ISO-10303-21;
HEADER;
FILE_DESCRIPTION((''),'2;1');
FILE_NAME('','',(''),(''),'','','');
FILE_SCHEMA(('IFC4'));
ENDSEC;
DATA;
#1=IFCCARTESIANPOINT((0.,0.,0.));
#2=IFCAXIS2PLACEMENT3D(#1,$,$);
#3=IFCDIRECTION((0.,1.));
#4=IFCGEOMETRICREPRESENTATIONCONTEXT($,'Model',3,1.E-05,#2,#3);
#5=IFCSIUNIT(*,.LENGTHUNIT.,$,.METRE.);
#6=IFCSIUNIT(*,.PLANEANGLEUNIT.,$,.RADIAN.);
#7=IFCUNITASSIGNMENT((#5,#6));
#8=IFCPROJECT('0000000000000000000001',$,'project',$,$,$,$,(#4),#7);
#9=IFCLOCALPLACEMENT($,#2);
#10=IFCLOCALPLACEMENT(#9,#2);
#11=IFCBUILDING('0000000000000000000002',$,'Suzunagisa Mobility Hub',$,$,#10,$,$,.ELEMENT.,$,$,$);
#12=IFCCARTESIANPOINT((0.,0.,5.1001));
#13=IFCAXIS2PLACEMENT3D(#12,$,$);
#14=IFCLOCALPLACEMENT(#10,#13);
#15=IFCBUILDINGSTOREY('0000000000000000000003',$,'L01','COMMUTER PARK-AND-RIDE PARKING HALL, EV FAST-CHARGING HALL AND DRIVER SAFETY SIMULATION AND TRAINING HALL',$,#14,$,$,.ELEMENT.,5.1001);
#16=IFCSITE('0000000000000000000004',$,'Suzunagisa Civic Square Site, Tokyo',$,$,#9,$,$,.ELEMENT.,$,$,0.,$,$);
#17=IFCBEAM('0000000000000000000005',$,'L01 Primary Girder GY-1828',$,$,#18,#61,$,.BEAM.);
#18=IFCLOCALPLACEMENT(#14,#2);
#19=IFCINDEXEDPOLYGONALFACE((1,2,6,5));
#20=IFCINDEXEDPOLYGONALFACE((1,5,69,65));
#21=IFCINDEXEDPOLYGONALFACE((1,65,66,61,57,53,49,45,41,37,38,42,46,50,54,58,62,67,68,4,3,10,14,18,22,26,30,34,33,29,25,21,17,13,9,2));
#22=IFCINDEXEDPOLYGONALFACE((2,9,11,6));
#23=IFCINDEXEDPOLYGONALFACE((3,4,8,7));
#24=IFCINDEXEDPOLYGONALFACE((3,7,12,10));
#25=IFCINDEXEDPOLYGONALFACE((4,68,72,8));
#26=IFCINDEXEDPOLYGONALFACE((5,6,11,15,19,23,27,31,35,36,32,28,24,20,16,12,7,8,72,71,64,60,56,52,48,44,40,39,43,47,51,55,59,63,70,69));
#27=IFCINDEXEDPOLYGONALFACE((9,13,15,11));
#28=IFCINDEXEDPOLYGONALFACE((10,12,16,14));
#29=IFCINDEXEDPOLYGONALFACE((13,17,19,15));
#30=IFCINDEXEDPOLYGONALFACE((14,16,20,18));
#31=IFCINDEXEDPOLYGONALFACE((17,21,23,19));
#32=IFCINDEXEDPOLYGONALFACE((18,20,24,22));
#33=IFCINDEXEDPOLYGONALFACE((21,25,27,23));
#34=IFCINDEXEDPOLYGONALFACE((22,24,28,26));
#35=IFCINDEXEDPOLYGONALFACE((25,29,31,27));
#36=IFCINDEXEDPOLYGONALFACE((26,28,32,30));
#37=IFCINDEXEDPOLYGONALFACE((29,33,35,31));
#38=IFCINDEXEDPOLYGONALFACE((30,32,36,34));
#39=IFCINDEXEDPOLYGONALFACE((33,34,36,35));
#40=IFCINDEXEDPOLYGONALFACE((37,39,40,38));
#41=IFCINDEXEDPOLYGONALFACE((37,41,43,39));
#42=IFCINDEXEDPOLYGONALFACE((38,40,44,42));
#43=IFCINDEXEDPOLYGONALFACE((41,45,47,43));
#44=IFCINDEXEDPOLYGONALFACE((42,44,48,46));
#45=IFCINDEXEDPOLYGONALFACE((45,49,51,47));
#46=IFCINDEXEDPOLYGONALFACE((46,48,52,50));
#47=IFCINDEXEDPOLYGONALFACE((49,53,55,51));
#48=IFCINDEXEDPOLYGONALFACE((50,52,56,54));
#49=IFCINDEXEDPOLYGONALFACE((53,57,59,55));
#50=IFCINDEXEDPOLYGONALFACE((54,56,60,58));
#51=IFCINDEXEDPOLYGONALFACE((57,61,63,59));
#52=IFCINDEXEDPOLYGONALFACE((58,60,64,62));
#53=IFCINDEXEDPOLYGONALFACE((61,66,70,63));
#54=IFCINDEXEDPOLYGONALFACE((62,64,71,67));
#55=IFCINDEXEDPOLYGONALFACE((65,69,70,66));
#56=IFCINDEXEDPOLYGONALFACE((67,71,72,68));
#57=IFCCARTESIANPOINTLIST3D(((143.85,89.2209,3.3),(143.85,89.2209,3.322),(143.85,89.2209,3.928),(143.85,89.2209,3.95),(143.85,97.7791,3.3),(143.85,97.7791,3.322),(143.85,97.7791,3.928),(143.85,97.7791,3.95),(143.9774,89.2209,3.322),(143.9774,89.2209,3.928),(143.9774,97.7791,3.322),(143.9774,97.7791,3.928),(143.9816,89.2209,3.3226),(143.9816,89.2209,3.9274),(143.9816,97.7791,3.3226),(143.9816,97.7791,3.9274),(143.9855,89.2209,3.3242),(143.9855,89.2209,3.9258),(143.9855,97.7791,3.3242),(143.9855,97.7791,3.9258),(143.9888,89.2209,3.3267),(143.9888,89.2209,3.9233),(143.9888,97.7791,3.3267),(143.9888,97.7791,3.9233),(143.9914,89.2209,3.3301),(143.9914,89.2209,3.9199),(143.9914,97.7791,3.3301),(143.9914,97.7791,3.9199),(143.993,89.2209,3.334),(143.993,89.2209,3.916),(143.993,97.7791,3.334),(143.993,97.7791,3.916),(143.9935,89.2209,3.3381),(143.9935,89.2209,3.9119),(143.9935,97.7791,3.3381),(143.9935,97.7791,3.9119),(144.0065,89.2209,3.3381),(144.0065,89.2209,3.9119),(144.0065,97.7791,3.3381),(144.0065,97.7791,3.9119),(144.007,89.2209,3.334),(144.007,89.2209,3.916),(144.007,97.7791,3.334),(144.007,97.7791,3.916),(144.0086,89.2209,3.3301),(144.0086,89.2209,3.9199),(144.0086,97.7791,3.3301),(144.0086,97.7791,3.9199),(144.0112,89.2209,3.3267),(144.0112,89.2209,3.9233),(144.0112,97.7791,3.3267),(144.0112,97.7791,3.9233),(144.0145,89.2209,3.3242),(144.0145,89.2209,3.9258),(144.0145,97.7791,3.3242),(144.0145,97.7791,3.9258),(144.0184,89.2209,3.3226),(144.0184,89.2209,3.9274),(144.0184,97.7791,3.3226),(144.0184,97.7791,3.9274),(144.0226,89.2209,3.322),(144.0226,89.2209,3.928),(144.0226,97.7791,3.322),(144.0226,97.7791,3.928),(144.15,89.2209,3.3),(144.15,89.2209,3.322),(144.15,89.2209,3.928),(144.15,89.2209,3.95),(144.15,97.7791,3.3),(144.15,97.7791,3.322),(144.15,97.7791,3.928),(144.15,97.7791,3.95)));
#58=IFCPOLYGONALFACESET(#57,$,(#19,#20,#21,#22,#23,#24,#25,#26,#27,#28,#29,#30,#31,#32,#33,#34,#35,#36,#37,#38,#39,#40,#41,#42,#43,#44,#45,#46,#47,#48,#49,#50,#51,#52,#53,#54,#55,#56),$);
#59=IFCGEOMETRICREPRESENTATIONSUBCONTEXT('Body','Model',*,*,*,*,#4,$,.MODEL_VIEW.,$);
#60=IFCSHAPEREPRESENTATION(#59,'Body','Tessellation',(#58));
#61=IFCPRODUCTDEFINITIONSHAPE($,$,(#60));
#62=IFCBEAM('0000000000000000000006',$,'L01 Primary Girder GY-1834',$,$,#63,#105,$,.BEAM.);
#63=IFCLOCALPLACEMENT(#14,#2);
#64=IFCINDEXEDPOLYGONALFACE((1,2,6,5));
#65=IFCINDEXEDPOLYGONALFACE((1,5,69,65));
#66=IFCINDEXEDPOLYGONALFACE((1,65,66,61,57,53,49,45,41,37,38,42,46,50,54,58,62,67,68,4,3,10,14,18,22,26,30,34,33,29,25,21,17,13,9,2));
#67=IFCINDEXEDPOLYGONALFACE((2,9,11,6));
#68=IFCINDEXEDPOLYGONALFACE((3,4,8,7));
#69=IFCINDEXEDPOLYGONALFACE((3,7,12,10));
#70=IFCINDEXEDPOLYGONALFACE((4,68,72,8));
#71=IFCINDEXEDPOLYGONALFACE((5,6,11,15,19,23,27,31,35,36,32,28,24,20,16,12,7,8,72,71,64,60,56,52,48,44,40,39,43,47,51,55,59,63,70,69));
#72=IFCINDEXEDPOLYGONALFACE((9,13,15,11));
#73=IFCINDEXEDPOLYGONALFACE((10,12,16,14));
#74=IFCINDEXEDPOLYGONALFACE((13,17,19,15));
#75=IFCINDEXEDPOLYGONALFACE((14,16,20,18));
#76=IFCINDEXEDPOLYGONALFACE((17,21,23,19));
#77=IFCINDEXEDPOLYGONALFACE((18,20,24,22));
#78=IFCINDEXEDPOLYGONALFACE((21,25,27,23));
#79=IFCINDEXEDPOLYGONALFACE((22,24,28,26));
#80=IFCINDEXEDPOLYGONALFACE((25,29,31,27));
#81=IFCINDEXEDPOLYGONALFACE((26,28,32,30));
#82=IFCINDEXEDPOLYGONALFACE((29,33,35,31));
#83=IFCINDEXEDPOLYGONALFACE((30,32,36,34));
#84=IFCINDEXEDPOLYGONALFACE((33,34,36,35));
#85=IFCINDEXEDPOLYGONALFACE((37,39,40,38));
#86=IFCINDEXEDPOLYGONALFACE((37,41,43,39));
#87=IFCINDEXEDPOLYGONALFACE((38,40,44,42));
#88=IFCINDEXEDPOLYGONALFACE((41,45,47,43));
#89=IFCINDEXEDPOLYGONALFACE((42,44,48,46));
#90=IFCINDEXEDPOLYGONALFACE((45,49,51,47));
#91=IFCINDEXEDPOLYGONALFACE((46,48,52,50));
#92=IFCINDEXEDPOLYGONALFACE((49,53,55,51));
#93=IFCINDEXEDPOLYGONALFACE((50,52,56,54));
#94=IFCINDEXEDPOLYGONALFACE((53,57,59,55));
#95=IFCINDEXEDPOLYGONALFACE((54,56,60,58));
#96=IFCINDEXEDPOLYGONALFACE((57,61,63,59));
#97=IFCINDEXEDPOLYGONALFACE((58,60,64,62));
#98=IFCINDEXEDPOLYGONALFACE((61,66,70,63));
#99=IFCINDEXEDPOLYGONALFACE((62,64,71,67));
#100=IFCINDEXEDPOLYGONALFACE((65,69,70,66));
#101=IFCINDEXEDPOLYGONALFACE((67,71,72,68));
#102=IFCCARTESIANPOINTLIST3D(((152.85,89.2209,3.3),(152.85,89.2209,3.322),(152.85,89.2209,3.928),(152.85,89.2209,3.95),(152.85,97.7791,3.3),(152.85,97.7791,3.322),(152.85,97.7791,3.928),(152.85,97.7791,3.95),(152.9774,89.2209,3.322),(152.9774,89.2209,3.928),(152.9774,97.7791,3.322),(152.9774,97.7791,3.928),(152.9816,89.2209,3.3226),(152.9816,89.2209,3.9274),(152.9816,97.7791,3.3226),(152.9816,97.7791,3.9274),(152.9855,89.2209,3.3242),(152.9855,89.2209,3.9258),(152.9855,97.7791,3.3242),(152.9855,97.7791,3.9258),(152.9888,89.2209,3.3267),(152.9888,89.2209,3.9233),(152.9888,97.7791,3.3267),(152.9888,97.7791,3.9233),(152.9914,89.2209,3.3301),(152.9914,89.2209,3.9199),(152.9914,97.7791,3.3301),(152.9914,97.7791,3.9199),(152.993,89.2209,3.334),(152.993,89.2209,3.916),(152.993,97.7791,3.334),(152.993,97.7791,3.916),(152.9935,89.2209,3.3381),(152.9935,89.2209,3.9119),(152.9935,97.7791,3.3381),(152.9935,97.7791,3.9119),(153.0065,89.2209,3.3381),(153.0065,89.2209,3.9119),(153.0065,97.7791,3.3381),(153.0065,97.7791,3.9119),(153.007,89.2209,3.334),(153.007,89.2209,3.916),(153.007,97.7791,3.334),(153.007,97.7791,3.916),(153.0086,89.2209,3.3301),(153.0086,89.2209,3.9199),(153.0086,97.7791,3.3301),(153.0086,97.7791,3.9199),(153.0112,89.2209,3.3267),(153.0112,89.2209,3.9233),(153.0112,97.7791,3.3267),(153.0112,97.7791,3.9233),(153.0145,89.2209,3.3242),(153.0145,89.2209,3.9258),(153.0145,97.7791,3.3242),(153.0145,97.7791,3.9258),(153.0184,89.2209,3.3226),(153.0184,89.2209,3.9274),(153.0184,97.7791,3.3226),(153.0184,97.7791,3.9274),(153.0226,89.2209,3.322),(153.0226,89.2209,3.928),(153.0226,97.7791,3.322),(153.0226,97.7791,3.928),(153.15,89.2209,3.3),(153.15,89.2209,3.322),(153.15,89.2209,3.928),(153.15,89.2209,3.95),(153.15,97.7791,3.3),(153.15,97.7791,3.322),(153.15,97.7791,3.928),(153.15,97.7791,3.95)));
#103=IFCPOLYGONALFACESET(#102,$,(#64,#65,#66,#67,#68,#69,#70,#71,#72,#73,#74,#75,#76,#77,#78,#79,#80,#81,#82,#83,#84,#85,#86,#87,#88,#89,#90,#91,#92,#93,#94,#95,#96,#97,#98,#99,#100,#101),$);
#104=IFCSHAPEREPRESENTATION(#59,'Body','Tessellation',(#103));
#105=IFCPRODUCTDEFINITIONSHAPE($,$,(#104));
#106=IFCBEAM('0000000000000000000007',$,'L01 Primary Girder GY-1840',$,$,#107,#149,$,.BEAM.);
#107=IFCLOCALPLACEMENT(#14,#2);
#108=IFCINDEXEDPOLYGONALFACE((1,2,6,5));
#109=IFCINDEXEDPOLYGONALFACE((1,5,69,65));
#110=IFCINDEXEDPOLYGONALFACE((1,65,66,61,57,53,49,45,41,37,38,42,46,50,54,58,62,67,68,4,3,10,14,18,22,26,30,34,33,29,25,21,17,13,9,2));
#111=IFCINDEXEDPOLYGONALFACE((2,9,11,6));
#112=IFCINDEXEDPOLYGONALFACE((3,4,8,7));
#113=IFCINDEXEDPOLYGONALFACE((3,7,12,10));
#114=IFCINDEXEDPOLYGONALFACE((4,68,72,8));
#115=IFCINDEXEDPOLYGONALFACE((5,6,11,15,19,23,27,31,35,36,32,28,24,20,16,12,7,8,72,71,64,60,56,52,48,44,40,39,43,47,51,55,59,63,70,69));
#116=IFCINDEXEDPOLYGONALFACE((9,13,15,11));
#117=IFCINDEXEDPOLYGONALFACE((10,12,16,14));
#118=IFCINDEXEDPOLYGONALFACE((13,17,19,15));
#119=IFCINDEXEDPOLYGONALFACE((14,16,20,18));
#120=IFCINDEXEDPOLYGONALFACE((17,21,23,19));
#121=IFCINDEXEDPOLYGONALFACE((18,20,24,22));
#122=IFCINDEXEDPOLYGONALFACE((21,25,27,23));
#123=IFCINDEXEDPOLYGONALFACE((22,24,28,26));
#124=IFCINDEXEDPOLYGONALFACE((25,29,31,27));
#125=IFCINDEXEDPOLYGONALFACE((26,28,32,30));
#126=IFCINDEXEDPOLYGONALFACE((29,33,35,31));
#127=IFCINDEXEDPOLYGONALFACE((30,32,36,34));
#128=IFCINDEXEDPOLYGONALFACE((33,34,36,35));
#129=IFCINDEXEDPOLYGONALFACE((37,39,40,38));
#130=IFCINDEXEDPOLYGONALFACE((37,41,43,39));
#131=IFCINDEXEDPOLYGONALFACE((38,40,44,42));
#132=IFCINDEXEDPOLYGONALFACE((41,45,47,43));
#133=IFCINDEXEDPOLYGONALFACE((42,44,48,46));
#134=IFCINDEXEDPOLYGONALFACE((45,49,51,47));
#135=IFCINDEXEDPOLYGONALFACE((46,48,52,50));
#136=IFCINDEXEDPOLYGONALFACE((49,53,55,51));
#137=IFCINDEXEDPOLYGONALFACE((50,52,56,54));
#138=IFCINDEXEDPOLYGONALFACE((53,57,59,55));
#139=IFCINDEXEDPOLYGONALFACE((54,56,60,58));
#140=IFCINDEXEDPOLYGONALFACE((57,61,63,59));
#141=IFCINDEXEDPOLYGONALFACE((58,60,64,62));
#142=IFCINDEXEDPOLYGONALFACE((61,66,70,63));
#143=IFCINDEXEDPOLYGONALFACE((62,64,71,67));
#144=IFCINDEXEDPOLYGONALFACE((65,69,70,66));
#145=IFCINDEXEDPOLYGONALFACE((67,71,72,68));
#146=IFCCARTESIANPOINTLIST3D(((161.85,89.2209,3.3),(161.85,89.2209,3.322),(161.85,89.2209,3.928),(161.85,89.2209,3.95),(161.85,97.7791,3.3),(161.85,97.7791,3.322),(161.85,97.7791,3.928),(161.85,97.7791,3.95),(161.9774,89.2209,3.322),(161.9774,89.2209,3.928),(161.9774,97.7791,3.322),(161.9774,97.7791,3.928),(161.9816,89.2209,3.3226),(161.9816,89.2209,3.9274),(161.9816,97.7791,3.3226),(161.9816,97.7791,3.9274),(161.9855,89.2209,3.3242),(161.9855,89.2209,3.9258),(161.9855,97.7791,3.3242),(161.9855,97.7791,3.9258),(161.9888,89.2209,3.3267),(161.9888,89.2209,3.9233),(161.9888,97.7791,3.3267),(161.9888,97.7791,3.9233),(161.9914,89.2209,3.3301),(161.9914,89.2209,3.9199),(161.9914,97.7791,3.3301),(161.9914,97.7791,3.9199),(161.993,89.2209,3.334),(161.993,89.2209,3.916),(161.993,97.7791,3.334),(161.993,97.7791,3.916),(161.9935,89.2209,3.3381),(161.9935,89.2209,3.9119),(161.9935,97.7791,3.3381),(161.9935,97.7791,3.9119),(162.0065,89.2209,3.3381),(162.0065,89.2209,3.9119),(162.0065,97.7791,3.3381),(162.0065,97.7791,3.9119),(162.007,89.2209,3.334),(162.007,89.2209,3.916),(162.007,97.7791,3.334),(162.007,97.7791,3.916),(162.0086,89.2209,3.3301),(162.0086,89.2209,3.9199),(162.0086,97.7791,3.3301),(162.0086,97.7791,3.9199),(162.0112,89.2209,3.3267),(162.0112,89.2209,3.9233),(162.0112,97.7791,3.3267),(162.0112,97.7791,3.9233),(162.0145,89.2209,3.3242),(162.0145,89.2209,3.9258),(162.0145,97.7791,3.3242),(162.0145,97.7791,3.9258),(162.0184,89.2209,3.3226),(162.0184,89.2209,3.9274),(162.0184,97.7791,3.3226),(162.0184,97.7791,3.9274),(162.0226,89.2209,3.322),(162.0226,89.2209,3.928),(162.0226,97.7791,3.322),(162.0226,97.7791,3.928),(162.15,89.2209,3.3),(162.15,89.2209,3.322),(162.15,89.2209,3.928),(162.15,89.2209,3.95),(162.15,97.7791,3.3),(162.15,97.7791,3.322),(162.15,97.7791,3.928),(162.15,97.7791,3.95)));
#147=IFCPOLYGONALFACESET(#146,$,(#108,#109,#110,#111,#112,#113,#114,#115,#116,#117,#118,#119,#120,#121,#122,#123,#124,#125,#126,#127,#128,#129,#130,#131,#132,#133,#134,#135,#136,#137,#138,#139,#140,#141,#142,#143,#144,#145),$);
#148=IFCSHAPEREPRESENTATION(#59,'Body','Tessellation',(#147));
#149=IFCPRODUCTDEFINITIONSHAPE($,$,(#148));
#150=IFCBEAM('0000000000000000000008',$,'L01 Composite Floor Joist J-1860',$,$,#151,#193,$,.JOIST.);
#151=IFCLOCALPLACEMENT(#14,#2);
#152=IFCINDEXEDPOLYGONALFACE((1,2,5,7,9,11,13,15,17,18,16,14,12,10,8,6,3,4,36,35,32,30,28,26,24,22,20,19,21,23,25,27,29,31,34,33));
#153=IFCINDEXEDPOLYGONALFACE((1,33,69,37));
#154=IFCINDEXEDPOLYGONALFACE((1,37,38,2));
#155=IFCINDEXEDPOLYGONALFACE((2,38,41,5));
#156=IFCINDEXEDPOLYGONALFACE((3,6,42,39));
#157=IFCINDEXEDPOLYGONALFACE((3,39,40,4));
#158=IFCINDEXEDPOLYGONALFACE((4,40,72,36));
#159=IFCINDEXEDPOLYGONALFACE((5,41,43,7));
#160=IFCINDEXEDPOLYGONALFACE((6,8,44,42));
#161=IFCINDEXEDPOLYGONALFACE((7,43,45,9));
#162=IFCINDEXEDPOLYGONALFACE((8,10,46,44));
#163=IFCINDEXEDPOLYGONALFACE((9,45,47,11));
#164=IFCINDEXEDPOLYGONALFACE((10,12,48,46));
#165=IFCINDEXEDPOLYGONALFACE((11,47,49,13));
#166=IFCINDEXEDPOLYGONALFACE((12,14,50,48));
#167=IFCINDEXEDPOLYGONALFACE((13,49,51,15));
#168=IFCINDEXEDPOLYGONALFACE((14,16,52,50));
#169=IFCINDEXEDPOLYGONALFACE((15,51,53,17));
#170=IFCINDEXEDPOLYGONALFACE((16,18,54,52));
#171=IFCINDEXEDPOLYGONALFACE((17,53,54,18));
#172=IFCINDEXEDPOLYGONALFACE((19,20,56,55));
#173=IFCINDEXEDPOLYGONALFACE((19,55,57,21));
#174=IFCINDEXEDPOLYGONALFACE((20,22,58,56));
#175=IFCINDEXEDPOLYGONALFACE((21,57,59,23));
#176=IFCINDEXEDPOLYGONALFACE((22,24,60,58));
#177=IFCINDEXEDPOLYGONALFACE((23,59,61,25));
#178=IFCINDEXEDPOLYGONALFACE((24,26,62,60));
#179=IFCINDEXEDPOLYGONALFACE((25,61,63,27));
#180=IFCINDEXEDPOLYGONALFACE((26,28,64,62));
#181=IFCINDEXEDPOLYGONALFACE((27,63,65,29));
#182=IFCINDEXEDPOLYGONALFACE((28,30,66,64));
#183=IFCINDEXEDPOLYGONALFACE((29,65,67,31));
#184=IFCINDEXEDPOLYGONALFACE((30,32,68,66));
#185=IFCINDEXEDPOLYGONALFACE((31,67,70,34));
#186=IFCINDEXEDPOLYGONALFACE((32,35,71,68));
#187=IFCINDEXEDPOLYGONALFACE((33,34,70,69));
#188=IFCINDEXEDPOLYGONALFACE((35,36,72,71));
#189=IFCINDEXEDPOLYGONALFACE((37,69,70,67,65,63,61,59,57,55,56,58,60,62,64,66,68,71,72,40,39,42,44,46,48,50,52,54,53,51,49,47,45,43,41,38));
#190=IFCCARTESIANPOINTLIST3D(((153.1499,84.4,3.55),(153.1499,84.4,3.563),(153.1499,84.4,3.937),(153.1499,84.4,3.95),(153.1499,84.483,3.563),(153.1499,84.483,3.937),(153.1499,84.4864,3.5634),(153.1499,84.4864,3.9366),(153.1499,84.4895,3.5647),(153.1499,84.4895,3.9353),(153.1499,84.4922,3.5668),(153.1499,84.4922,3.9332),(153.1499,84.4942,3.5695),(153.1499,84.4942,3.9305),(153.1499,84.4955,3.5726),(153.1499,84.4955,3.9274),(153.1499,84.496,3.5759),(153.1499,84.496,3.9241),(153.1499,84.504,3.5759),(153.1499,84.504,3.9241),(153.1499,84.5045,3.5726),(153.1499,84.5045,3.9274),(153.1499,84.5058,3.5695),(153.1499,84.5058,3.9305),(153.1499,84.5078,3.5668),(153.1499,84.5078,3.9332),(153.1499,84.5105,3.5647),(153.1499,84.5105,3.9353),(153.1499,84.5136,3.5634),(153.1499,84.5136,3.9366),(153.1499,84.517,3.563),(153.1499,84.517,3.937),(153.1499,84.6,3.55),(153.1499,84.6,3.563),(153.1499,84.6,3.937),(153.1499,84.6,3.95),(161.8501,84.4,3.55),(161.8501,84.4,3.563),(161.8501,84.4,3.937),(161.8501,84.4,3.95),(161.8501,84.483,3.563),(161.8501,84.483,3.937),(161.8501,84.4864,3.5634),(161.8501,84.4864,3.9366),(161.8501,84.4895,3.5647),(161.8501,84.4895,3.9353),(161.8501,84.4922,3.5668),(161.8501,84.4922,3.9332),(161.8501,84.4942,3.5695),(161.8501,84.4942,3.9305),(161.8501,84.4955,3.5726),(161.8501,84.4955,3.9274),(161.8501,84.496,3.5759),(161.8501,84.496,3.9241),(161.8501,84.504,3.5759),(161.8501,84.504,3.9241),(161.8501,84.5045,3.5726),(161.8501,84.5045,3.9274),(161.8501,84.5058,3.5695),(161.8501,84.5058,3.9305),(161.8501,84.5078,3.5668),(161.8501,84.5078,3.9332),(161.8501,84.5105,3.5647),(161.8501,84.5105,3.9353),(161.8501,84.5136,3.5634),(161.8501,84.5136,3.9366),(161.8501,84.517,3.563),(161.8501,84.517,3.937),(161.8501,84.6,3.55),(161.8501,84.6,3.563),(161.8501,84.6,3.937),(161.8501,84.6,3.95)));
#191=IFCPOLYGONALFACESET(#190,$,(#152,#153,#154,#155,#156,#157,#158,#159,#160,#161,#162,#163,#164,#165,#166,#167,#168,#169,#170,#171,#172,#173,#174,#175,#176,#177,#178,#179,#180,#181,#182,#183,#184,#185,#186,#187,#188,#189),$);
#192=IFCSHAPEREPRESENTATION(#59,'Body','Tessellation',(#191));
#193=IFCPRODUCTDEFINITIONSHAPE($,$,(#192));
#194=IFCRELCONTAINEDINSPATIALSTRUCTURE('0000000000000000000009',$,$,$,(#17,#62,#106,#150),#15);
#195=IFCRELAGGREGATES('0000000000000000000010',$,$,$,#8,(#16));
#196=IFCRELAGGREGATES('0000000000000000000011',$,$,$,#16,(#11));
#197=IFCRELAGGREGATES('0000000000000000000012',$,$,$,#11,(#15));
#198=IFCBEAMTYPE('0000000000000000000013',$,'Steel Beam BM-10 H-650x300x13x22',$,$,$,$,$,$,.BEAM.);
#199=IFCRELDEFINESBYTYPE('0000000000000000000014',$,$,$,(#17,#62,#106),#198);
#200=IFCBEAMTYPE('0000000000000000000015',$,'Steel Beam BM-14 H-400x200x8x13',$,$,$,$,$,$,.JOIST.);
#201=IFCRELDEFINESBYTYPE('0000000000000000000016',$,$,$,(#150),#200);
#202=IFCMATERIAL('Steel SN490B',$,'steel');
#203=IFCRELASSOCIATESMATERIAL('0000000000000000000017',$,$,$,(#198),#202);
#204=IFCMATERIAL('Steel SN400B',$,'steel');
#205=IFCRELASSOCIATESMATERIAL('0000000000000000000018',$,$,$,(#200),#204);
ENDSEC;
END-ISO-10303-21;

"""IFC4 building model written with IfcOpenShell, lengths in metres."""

from ifc_helpers import new_model, si_unit, direction, frame, origin, origin_2d, place, context, subcontext, project, spatial, i_section, extrude, material, material_profile, profile_set, type_object, element, save


model = new_model("IFC4")

# Units and contexts
model_context = context("Model", 3, precision=1e-05, world=origin(), true_north=direction((0.0, 1.0)))
body_context = subcontext(model_context, "Body", "Model", "MODEL_VIEW")
ifc_project = project(units=[si_unit("LENGTHUNIT", "METRE"), si_unit("PLANEANGLEUNIT", "RADIAN")], contexts=[model_context])

# Site, building, storey
site_placement = place(None, origin())
site = spatial("IfcSite", under=ifc_project, at=site_placement, Name="Suzunagisa Civic Square Site, Tokyo", CompositionType="ELEMENT", RefElevation=0.0)
building_placement = place(site_placement, origin())
building = spatial("IfcBuilding", under=site, at=building_placement, Name="Suzunagisa Mobility Hub", CompositionType="ELEMENT")
storey_placement = place(building_placement, frame((0.0, 0.0, 5.1001)))
storey = spatial("IfcBuildingStorey", under=building, at=storey_placement, Name="L01", Description="COMMUTER PARK-AND-RIDE PARKING HALL, EV FAST-CHARGING HALL AND DRIVER SAFETY SIMULATION AND TRAINING HALL", CompositionType="ELEMENT", Elevation=5.1001)

# Shared definitions
ifc_material_1 = material(Name="Steel SN490B", Category="steel")

# Beams
ifc_material_profile_1 = material_profile(ifc_material_1, i_section(OverallWidth=0.3, OverallDepth=0.6499, WebThickness=0.0129, FlangeThickness=0.022, FilletRadius=0.0161, at=origin_2d()), Name="H-650x300x13x22")
ifc_profile_set_1 = profile_set([ifc_material_profile_1], Name="Steel SN490B")
beam_type_1 = type_object("IfcBeamType", Name="Steel Beam BM-10 H-650x300x13x22", PredefinedType="BEAM", material=ifc_profile_set_1)
for number, where, z_axis, x_axis, name in (
    (1, (144.0, 89.2209, 3.625), (0.0, 1.0, 0.0), (-1.0, 0.0, 0.0), "L01 Primary Girder GY-1828"),
    (2, (153.0, 89.2209, 3.625), (0.0, 1.0, 0.0), (-1.0, 0.0, 0.0), "L01 Primary Girder GY-1834"),
    (3, (162.0, 89.2209, 3.625), (0.0, 1.0, 0.0), (-1.0, 0.0, 0.0), "L01 Primary Girder GY-1840"),
):
    element("IfcBeam", number, at=place(storey_placement, frame(where, z_axis=z_axis, x_axis=x_axis)), inside=storey, type_object=beam_type_1, Name=name, PredefinedType="BEAM", context=body_context, shape_type="SweptSolid", body=[
        extrude(i_section(OverallWidth=0.3, OverallDepth=0.6499, WebThickness=0.0129, FlangeThickness=0.022, FilletRadius=0.0161, at=origin_2d()), origin(), (0.0, 0.0, 1.0), 8.5581),
    ])
ifc_material_2 = material(Name="Steel SN400B", Category="steel")
ifc_material_profile_2 = material_profile(ifc_material_2, i_section(OverallWidth=0.2, OverallDepth=0.3999, WebThickness=0.0081, FlangeThickness=0.0129, FilletRadius=0.0129, at=origin_2d()), Name="H-400x200x8x13")
ifc_profile_set_2 = profile_set([ifc_material_profile_2], Name="Steel SN400B")
beam_type_2 = type_object("IfcBeamType", Name="Steel Beam BM-14 H-400x200x8x13", PredefinedType="JOIST", material=ifc_profile_set_2)
for number, where, z_axis, x_axis, name in (
    (4, (153.1499, 84.5, 3.75), (1.0, 0.0, 0.0), (0.0, 1.0, 0.0), "L01 Composite Floor Joist J-1860"),
):
    element("IfcBeam", number, at=place(storey_placement, frame(where, z_axis=z_axis, x_axis=x_axis)), inside=storey, type_object=beam_type_2, Name=name, PredefinedType="JOIST", context=body_context, shape_type="SweptSolid", body=[
        extrude(i_section(OverallWidth=0.2, OverallDepth=0.3999, WebThickness=0.0081, FlangeThickness=0.0129, FilletRadius=0.0129, at=origin_2d()), origin(), (0.0, 0.0, 1.0), 8.7002),
    ])

save(model, "model.ifc")
